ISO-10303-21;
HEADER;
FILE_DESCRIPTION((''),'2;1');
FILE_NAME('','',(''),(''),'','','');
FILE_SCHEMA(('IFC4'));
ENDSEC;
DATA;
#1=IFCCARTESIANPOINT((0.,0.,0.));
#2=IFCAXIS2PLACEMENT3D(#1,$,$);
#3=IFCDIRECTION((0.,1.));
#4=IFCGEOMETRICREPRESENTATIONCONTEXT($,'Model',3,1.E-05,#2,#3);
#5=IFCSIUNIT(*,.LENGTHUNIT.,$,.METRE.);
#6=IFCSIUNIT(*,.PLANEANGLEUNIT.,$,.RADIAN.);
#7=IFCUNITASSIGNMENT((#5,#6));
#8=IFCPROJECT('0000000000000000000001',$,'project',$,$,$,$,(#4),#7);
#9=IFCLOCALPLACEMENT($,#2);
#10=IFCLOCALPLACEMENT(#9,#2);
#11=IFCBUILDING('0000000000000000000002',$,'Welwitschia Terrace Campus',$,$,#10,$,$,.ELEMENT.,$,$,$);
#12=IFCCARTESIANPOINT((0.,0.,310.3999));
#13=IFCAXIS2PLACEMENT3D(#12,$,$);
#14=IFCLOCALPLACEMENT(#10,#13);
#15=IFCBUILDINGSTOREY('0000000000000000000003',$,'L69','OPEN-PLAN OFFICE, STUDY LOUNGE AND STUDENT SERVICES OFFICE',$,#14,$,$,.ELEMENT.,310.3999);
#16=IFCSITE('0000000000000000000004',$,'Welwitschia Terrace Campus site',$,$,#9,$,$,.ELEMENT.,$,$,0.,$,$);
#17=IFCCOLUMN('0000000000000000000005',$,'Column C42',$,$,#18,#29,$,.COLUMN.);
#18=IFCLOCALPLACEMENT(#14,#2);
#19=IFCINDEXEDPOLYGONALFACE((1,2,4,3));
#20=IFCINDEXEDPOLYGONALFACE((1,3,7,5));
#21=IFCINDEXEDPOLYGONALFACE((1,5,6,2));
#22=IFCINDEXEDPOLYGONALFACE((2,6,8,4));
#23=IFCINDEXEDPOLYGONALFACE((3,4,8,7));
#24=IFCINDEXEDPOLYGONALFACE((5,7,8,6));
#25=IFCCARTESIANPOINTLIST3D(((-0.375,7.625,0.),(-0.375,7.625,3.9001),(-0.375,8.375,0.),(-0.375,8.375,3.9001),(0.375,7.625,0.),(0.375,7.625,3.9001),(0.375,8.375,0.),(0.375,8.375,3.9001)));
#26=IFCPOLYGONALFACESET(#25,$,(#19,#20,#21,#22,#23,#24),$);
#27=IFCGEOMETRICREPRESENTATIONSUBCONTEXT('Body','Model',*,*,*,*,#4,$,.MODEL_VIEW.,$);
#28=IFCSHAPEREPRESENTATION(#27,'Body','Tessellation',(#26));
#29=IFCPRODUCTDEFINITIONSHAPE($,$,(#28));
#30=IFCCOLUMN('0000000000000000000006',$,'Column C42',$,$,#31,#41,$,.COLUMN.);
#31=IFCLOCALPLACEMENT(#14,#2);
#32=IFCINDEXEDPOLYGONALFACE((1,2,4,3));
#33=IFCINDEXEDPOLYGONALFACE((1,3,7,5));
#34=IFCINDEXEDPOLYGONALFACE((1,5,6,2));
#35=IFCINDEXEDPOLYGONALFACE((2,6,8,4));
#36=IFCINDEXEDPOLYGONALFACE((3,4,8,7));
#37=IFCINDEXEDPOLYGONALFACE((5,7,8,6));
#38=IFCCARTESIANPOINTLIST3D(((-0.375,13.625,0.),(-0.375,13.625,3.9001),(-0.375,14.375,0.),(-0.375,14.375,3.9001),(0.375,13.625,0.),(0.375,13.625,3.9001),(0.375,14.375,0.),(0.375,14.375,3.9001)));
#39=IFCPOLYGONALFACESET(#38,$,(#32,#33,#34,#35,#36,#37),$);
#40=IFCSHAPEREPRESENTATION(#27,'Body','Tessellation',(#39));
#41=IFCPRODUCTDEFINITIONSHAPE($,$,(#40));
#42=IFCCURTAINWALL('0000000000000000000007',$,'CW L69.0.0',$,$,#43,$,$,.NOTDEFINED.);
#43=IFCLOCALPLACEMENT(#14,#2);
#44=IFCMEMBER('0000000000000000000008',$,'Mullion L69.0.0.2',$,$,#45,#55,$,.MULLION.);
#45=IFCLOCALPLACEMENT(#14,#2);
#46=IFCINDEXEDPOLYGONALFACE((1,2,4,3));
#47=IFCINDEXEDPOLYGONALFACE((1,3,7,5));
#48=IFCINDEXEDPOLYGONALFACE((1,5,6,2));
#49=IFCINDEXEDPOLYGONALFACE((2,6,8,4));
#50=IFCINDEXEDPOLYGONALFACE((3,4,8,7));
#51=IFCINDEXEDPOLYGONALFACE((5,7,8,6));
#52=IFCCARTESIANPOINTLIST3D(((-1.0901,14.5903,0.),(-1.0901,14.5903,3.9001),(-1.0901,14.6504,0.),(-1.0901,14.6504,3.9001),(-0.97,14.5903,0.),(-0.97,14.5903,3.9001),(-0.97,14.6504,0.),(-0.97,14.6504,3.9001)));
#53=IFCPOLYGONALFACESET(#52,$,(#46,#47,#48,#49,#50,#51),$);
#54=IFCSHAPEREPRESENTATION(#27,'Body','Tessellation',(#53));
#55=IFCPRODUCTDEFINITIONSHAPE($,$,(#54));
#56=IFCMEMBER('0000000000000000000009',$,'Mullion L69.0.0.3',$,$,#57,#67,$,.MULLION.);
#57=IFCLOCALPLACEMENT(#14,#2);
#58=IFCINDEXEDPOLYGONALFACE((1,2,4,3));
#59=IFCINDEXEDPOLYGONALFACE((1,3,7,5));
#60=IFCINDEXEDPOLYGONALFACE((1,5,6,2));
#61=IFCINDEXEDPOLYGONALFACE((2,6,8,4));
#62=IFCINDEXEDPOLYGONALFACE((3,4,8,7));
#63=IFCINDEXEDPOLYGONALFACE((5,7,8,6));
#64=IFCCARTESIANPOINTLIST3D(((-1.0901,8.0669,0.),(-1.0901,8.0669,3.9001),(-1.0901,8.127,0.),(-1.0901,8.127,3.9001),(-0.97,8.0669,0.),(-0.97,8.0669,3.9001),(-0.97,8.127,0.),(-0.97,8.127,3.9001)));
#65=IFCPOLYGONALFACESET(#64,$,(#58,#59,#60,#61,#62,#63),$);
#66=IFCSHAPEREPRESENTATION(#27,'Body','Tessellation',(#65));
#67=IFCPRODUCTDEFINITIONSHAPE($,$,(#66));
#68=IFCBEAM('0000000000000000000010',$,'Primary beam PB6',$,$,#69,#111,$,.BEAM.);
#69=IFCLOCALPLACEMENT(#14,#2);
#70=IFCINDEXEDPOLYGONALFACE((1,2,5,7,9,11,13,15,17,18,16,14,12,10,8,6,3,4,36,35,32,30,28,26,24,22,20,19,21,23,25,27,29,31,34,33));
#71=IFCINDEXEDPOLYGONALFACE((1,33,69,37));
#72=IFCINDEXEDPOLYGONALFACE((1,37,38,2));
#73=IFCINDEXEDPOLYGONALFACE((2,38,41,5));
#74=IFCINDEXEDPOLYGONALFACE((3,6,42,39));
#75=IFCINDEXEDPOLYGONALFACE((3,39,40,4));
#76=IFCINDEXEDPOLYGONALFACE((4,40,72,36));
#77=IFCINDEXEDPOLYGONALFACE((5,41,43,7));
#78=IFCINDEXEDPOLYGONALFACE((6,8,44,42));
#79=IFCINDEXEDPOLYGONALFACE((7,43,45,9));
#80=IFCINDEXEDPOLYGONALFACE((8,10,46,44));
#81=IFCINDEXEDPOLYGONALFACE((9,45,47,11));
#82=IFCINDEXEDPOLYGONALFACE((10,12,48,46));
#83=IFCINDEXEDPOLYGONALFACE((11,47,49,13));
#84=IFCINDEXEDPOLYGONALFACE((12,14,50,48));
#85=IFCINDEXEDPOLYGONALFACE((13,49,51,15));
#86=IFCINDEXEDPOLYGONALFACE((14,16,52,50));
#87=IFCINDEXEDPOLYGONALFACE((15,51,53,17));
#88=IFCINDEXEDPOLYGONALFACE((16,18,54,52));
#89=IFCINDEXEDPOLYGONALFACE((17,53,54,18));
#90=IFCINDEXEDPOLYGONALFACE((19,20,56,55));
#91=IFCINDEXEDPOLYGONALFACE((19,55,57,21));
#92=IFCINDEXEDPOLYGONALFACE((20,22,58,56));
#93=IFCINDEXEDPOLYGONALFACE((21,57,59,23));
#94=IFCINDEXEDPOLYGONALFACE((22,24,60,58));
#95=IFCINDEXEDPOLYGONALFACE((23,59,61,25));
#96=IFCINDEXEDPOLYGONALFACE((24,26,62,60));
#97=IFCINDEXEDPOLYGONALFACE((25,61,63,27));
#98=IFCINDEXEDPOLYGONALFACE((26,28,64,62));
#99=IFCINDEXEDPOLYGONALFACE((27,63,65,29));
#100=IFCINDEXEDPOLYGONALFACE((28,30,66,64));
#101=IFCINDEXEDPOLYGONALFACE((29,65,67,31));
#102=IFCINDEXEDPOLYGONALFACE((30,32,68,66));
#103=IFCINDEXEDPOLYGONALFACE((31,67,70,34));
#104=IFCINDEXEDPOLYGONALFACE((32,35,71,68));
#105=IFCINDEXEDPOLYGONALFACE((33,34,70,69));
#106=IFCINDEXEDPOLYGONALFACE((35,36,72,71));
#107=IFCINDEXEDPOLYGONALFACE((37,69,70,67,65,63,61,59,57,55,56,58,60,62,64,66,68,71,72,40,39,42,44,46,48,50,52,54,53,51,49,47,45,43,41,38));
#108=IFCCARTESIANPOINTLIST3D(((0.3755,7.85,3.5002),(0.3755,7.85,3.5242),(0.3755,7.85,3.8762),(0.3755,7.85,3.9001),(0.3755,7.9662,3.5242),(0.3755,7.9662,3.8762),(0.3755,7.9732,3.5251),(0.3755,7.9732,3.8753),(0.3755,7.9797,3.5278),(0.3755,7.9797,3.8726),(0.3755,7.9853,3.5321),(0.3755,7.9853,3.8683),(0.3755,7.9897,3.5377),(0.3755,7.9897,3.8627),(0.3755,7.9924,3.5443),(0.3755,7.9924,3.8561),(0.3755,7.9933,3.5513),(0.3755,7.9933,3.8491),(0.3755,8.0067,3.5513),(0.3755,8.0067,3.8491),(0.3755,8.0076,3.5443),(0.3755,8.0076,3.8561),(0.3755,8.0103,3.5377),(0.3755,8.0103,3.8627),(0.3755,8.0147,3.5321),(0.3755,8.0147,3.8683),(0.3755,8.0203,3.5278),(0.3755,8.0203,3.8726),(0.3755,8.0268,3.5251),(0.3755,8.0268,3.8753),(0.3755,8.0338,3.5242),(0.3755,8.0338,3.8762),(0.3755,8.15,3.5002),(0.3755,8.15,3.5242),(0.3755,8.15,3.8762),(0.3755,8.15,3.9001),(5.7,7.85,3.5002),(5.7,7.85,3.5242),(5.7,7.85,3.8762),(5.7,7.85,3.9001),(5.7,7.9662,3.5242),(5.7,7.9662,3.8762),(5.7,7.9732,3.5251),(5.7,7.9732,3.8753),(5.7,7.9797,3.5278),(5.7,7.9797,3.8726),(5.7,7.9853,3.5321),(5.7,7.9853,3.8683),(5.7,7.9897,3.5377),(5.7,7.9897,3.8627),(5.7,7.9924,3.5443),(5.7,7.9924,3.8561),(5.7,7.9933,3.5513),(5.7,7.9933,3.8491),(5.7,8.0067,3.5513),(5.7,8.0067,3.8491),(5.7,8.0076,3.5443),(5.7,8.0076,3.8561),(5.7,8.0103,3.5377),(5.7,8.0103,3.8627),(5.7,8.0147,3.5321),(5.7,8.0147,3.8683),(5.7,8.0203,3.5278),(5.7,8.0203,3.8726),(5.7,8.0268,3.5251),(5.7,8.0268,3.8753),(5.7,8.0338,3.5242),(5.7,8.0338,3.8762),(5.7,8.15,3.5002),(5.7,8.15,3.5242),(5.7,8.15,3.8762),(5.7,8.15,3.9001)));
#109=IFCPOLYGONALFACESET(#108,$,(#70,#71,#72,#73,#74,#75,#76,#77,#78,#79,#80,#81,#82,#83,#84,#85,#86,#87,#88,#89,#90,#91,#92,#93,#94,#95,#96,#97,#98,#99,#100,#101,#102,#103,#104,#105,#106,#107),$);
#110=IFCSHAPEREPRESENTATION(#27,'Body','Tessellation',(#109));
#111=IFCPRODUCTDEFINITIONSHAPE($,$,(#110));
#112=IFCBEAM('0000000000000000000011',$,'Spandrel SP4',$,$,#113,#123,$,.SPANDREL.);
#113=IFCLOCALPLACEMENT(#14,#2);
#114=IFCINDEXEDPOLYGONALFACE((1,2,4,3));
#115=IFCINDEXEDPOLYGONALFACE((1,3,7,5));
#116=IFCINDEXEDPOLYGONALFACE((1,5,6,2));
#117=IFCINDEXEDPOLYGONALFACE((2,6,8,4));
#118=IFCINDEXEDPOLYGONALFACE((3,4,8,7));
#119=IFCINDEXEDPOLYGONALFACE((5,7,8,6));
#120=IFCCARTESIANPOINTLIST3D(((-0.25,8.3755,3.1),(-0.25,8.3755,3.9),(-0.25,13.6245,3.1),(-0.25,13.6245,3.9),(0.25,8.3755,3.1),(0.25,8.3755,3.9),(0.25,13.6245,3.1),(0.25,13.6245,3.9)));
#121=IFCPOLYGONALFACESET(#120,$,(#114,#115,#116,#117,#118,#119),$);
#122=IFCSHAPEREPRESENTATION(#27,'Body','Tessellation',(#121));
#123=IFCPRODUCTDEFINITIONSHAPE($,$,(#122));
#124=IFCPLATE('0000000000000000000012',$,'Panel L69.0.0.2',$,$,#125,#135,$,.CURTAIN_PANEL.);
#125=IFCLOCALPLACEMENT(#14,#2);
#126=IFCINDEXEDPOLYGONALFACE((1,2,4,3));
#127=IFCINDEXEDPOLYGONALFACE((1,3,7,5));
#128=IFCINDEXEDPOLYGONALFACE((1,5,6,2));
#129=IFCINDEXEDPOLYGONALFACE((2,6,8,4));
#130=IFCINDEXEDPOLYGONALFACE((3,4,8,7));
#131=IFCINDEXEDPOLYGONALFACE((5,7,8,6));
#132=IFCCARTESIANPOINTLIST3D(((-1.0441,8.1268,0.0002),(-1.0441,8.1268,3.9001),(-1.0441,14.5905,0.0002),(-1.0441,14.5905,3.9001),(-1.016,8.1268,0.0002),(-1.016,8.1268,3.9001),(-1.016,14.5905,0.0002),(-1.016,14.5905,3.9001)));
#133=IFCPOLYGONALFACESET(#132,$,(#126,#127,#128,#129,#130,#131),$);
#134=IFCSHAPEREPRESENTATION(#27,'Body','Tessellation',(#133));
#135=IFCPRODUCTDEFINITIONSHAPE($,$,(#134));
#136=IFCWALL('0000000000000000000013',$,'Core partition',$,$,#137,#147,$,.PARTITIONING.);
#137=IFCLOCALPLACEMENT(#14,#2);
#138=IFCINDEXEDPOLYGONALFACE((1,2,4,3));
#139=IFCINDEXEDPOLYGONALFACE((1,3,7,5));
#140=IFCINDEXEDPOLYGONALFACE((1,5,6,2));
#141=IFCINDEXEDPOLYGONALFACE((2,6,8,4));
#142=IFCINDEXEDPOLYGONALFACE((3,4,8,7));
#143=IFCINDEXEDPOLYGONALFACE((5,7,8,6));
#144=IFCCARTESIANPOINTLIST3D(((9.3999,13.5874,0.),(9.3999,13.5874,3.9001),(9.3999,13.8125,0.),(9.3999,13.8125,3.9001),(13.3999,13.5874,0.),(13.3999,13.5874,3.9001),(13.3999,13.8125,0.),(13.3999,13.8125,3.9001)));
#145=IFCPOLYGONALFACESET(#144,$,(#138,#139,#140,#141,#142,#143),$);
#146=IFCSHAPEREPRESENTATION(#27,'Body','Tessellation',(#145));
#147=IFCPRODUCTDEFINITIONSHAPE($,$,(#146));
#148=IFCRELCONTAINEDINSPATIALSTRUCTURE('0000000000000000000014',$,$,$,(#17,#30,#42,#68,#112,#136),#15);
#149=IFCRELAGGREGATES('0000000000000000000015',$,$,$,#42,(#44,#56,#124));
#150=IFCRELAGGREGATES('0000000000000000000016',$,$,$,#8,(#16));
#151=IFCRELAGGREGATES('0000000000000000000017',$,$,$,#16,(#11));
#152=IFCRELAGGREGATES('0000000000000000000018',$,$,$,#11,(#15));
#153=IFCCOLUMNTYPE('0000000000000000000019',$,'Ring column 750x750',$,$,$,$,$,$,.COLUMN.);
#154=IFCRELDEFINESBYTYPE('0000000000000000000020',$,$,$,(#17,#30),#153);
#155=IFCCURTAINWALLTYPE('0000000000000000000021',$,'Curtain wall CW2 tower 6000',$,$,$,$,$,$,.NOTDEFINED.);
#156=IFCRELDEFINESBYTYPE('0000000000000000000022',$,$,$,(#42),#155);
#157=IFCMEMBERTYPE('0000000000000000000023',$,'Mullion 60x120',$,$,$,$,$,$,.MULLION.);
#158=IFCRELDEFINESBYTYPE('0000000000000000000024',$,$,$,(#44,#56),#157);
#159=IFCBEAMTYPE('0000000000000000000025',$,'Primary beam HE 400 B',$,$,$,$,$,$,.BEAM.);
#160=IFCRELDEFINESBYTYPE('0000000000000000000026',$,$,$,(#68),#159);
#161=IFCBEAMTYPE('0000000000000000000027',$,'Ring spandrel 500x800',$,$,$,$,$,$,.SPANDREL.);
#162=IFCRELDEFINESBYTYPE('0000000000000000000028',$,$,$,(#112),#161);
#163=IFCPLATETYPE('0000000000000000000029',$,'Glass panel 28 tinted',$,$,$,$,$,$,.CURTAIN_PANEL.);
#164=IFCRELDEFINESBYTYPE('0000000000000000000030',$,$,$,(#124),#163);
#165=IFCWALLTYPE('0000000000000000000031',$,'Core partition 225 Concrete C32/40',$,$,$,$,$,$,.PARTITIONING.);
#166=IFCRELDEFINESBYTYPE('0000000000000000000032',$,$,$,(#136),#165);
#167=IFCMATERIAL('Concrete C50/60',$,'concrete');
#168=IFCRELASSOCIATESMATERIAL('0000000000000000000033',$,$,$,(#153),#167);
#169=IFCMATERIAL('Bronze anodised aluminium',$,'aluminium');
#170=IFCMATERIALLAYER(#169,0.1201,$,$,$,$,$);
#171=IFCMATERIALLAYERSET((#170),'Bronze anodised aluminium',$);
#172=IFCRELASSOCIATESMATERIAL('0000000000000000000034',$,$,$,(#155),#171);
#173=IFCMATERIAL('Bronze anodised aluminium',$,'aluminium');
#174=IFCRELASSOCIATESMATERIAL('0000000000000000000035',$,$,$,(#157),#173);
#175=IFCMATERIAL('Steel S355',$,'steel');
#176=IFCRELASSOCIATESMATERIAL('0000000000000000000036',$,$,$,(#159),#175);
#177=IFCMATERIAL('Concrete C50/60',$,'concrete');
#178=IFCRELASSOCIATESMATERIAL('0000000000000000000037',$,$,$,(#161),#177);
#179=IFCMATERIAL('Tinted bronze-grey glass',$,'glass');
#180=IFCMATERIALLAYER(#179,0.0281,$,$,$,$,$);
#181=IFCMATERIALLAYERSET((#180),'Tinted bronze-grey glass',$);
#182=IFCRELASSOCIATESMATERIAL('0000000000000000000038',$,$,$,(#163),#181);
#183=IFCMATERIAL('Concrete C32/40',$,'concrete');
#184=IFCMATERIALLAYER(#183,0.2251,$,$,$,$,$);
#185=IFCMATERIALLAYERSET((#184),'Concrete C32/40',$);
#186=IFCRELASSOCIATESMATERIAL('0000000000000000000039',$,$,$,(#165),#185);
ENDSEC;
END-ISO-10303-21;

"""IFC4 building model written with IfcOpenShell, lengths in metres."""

from ifc_helpers import new_model, si_unit, direction, frame, frame_2d, origin, origin_2d, place, context, subcontext, project, spatial, rectangle, i_section, extrude, material, layer, layer_set, material_profile, profile_set, type_object, element, aggregate, save


model = new_model("IFC4")

# Units and contexts
model_context = context("Model", 3, precision=1e-05, world=origin(), true_north=direction((0.0, 1.0)))
body_context = subcontext(model_context, "Body", "Model", "MODEL_VIEW")
ifc_project = project(units=[si_unit("LENGTHUNIT", "METRE"), si_unit("PLANEANGLEUNIT", "RADIAN")], contexts=[model_context])

# Site, building, storey
site_placement = place(None, origin())
site = spatial("IfcSite", under=ifc_project, at=site_placement, Name="Welwitschia Terrace Campus site", CompositionType="ELEMENT", RefElevation=0.0)
building_placement = place(site_placement, origin())
building = spatial("IfcBuilding", under=site, at=building_placement, Name="Welwitschia Terrace Campus", CompositionType="ELEMENT")
storey_placement = place(building_placement, frame((0.0, 0.0, 310.3999)))
storey = spatial("IfcBuildingStorey", under=building, at=storey_placement, Name="L69", Description="OPEN-PLAN OFFICE, STUDY LOUNGE AND STUDENT SERVICES OFFICE", CompositionType="ELEMENT", Elevation=310.3999)

# Columns
ifc_material_1 = material(Name="Concrete C50/60", Category="concrete")
ifc_material_profile_1 = material_profile(ifc_material_1, rectangle(XDim=0.75, YDim=0.75, at=origin_2d()))
ifc_profile_set_1 = profile_set([ifc_material_profile_1], Name="Concrete C50/60")
column_type = type_object("IfcColumnType", Name="Ring column 750x750", PredefinedType="COLUMN", material=ifc_profile_set_1)
for number, where, z_axis, x_axis, name in (
    (1, (0.0, 8.0, 0.0), (0.0, 0.0, 1.0), (1.0, 0.0, 0.0), "Column C42"),
    (2, (0.0, 14.0, 0.0), (0.0, 0.0, 1.0), (1.0, 0.0, 0.0), "Column C42"),
):
    element("IfcColumn", number, at=place(storey_placement, frame(where, z_axis=z_axis, x_axis=x_axis)), inside=storey, type_object=column_type, Name=name, PredefinedType="COLUMN", context=body_context, shape_type="SweptSolid", body=[
        extrude(rectangle(XDim=0.75, YDim=0.75, at=origin_2d()), origin(), (0.0, 0.0, 1.0), 3.9001),
    ])

# Curtain wall, members
ifc_material_2 = material(Name="Bronze anodised aluminium", Category="aluminium")
ifc_layer_1 = layer(ifc_material_2, 0.1201)
ifc_layer_set_1 = layer_set([ifc_layer_1], Name="Bronze anodised aluminium")
curtain_wall_type = type_object("IfcCurtainWallType", Name="Curtain wall CW2 tower 6000", PredefinedType="NOTDEFINED", material=ifc_layer_set_1)
curtain_wall_placement = place(storey_placement, origin())
curtain_wall = element("IfcCurtainWall", 3, at=curtain_wall_placement, inside=storey, type_object=curtain_wall_type, Name="CW L69.0.0", PredefinedType="NOTDEFINED")
ifc_material_3 = material(Name="Bronze anodised aluminium", Category="aluminium")
ifc_material_profile_2 = material_profile(ifc_material_3, rectangle(XDim=0.1201, YDim=0.0601, at=origin_2d()))
ifc_profile_set_2 = profile_set([ifc_material_profile_2], Name="Bronze anodised aluminium")
member_type = type_object("IfcMemberType", Name="Mullion 60x120", PredefinedType="MULLION", material=ifc_profile_set_2)
member_1_placement = place(storey_placement, frame((-1.03, 14.6204, 0.0), z_axis=(0.0, 0.0, 1.0), x_axis=(1.0, 0.0, 0.0)))
member_1 = element("IfcMember", 4, at=member_1_placement, type_object=member_type, Name="Mullion L69.0.0.2", PredefinedType="MULLION", context=body_context, shape_type="SweptSolid", body=[
    extrude(rectangle(XDim=0.1201, YDim=0.0601, at=origin_2d()), origin(), (0.0, 0.0, 1.0), 3.9001),
])
member_2_placement = place(storey_placement, frame((-1.03, 8.0969, 0.0), z_axis=(0.0, 0.0, 1.0), x_axis=(1.0, 0.0, 0.0)))
member_2 = element("IfcMember", 5, at=member_2_placement, type_object=member_type, Name="Mullion L69.0.0.3", PredefinedType="MULLION", context=body_context, shape_type="SweptSolid", body=[
    extrude(rectangle(XDim=0.1201, YDim=0.0601, at=origin_2d()), origin(), (0.0, 0.0, 1.0), 3.9001),
])

# Beams
ifc_material_4 = material(Name="Steel S355", Category="steel")
ifc_material_profile_3 = material_profile(ifc_material_4, i_section(OverallWidth=0.3, OverallDepth=0.3999, WebThickness=0.0134, FlangeThickness=0.0239, FilletRadius=0.0271, at=origin_2d()))
ifc_profile_set_3 = profile_set([ifc_material_profile_3], Name="Steel S355")
beam_type_1 = type_object("IfcBeamType", Name="Primary beam HE 400 B", PredefinedType="BEAM", material=ifc_profile_set_3)
beam_1_placement = place(storey_placement, frame((0.3755, 8.0, 3.7002), z_axis=(1.0, 0.0, 0.0), x_axis=(0.0, 1.0, 0.0)))
element("IfcBeam", 6, at=beam_1_placement, inside=storey, type_object=beam_type_1, Name="Primary beam PB6", PredefinedType="BEAM", context=body_context, shape_type="SweptSolid", body=[
    extrude(i_section(OverallWidth=0.3, OverallDepth=0.3999, WebThickness=0.0134, FlangeThickness=0.0239, FilletRadius=0.0271, at=origin_2d()), origin(), (0.0, 0.0, 1.0), 5.3245),
])
ifc_material_5 = material(Name="Concrete C50/60", Category="concrete")
ifc_material_profile_4 = material_profile(ifc_material_5, rectangle(XDim=0.5, YDim=0.8, at=origin_2d()))
ifc_profile_set_4 = profile_set([ifc_material_profile_4], Name="Concrete C50/60")
beam_type_2 = type_object("IfcBeamType", Name="Ring spandrel 500x800", PredefinedType="SPANDREL", material=ifc_profile_set_4)
beam_2_placement = place(storey_placement, frame((0.0, 13.6245, 3.5), z_axis=(0.0, -1.0, 0.0), x_axis=(1.0, 0.0, 0.0)))
element("IfcBeam", 7, at=beam_2_placement, inside=storey, type_object=beam_type_2, Name="Spandrel SP4", PredefinedType="SPANDREL", context=body_context, shape_type="SweptSolid", body=[
    extrude(rectangle(XDim=0.5, YDim=0.8, at=origin_2d()), origin(), (0.0, 0.0, 1.0), 5.249),
])

# Plate
ifc_material_6 = material(Name="Tinted bronze-grey glass", Category="glass")
ifc_layer_2 = layer(ifc_material_6, 0.0281)
ifc_layer_set_2 = layer_set([ifc_layer_2], Name="Tinted bronze-grey glass")
plate_type = type_object("IfcPlateType", Name="Glass panel 28 tinted", PredefinedType="CURTAIN_PANEL", material=ifc_layer_set_2)
plate_placement = place(storey_placement, frame((-1.03, 11.3586, 0.0002), z_axis=(0.0, 0.0, 1.0), x_axis=(0.0, -1.0, 0.0)))
plate = element("IfcPlate", 8, at=plate_placement, type_object=plate_type, Name="Panel L69.0.0.2", PredefinedType="CURTAIN_PANEL", context=body_context, shape_type="SweptSolid", body=[
    extrude(rectangle(XDim=6.4636, YDim=0.0281, at=origin_2d()), origin(), (0.0, 0.0, 1.0), 3.8999),
])
aggregate(curtain_wall, [member_1, member_2, plate])

# Wall
ifc_material_7 = material(Name="Concrete C32/40", Category="concrete")
ifc_layer_3 = layer(ifc_material_7, 0.2251)
ifc_layer_set_3 = layer_set([ifc_layer_3], Name="Concrete C32/40")
wall_type_1 = type_object("IfcWallType", Name="Core partition 225 Concrete C32/40", PredefinedType="PARTITIONING", material=ifc_layer_set_3)
wall_1_placement = place(storey_placement, frame((9.3999, 13.7, 0.0), z_axis=(0.0, 0.0, 1.0), x_axis=(1.0, 0.0, 0.0)))
element("IfcWall", 9, at=wall_1_placement, inside=storey, type_object=wall_type_1, Name="Core partition", PredefinedType="PARTITIONING", context=body_context, shape_type="SweptSolid", body=[
    extrude(rectangle(XDim=4.0, YDim=0.2251, at=frame_2d((2.0, 0.0))), origin(), (0.0, 0.0, 1.0), 3.9001),
])

save(model, "model.ifc")
